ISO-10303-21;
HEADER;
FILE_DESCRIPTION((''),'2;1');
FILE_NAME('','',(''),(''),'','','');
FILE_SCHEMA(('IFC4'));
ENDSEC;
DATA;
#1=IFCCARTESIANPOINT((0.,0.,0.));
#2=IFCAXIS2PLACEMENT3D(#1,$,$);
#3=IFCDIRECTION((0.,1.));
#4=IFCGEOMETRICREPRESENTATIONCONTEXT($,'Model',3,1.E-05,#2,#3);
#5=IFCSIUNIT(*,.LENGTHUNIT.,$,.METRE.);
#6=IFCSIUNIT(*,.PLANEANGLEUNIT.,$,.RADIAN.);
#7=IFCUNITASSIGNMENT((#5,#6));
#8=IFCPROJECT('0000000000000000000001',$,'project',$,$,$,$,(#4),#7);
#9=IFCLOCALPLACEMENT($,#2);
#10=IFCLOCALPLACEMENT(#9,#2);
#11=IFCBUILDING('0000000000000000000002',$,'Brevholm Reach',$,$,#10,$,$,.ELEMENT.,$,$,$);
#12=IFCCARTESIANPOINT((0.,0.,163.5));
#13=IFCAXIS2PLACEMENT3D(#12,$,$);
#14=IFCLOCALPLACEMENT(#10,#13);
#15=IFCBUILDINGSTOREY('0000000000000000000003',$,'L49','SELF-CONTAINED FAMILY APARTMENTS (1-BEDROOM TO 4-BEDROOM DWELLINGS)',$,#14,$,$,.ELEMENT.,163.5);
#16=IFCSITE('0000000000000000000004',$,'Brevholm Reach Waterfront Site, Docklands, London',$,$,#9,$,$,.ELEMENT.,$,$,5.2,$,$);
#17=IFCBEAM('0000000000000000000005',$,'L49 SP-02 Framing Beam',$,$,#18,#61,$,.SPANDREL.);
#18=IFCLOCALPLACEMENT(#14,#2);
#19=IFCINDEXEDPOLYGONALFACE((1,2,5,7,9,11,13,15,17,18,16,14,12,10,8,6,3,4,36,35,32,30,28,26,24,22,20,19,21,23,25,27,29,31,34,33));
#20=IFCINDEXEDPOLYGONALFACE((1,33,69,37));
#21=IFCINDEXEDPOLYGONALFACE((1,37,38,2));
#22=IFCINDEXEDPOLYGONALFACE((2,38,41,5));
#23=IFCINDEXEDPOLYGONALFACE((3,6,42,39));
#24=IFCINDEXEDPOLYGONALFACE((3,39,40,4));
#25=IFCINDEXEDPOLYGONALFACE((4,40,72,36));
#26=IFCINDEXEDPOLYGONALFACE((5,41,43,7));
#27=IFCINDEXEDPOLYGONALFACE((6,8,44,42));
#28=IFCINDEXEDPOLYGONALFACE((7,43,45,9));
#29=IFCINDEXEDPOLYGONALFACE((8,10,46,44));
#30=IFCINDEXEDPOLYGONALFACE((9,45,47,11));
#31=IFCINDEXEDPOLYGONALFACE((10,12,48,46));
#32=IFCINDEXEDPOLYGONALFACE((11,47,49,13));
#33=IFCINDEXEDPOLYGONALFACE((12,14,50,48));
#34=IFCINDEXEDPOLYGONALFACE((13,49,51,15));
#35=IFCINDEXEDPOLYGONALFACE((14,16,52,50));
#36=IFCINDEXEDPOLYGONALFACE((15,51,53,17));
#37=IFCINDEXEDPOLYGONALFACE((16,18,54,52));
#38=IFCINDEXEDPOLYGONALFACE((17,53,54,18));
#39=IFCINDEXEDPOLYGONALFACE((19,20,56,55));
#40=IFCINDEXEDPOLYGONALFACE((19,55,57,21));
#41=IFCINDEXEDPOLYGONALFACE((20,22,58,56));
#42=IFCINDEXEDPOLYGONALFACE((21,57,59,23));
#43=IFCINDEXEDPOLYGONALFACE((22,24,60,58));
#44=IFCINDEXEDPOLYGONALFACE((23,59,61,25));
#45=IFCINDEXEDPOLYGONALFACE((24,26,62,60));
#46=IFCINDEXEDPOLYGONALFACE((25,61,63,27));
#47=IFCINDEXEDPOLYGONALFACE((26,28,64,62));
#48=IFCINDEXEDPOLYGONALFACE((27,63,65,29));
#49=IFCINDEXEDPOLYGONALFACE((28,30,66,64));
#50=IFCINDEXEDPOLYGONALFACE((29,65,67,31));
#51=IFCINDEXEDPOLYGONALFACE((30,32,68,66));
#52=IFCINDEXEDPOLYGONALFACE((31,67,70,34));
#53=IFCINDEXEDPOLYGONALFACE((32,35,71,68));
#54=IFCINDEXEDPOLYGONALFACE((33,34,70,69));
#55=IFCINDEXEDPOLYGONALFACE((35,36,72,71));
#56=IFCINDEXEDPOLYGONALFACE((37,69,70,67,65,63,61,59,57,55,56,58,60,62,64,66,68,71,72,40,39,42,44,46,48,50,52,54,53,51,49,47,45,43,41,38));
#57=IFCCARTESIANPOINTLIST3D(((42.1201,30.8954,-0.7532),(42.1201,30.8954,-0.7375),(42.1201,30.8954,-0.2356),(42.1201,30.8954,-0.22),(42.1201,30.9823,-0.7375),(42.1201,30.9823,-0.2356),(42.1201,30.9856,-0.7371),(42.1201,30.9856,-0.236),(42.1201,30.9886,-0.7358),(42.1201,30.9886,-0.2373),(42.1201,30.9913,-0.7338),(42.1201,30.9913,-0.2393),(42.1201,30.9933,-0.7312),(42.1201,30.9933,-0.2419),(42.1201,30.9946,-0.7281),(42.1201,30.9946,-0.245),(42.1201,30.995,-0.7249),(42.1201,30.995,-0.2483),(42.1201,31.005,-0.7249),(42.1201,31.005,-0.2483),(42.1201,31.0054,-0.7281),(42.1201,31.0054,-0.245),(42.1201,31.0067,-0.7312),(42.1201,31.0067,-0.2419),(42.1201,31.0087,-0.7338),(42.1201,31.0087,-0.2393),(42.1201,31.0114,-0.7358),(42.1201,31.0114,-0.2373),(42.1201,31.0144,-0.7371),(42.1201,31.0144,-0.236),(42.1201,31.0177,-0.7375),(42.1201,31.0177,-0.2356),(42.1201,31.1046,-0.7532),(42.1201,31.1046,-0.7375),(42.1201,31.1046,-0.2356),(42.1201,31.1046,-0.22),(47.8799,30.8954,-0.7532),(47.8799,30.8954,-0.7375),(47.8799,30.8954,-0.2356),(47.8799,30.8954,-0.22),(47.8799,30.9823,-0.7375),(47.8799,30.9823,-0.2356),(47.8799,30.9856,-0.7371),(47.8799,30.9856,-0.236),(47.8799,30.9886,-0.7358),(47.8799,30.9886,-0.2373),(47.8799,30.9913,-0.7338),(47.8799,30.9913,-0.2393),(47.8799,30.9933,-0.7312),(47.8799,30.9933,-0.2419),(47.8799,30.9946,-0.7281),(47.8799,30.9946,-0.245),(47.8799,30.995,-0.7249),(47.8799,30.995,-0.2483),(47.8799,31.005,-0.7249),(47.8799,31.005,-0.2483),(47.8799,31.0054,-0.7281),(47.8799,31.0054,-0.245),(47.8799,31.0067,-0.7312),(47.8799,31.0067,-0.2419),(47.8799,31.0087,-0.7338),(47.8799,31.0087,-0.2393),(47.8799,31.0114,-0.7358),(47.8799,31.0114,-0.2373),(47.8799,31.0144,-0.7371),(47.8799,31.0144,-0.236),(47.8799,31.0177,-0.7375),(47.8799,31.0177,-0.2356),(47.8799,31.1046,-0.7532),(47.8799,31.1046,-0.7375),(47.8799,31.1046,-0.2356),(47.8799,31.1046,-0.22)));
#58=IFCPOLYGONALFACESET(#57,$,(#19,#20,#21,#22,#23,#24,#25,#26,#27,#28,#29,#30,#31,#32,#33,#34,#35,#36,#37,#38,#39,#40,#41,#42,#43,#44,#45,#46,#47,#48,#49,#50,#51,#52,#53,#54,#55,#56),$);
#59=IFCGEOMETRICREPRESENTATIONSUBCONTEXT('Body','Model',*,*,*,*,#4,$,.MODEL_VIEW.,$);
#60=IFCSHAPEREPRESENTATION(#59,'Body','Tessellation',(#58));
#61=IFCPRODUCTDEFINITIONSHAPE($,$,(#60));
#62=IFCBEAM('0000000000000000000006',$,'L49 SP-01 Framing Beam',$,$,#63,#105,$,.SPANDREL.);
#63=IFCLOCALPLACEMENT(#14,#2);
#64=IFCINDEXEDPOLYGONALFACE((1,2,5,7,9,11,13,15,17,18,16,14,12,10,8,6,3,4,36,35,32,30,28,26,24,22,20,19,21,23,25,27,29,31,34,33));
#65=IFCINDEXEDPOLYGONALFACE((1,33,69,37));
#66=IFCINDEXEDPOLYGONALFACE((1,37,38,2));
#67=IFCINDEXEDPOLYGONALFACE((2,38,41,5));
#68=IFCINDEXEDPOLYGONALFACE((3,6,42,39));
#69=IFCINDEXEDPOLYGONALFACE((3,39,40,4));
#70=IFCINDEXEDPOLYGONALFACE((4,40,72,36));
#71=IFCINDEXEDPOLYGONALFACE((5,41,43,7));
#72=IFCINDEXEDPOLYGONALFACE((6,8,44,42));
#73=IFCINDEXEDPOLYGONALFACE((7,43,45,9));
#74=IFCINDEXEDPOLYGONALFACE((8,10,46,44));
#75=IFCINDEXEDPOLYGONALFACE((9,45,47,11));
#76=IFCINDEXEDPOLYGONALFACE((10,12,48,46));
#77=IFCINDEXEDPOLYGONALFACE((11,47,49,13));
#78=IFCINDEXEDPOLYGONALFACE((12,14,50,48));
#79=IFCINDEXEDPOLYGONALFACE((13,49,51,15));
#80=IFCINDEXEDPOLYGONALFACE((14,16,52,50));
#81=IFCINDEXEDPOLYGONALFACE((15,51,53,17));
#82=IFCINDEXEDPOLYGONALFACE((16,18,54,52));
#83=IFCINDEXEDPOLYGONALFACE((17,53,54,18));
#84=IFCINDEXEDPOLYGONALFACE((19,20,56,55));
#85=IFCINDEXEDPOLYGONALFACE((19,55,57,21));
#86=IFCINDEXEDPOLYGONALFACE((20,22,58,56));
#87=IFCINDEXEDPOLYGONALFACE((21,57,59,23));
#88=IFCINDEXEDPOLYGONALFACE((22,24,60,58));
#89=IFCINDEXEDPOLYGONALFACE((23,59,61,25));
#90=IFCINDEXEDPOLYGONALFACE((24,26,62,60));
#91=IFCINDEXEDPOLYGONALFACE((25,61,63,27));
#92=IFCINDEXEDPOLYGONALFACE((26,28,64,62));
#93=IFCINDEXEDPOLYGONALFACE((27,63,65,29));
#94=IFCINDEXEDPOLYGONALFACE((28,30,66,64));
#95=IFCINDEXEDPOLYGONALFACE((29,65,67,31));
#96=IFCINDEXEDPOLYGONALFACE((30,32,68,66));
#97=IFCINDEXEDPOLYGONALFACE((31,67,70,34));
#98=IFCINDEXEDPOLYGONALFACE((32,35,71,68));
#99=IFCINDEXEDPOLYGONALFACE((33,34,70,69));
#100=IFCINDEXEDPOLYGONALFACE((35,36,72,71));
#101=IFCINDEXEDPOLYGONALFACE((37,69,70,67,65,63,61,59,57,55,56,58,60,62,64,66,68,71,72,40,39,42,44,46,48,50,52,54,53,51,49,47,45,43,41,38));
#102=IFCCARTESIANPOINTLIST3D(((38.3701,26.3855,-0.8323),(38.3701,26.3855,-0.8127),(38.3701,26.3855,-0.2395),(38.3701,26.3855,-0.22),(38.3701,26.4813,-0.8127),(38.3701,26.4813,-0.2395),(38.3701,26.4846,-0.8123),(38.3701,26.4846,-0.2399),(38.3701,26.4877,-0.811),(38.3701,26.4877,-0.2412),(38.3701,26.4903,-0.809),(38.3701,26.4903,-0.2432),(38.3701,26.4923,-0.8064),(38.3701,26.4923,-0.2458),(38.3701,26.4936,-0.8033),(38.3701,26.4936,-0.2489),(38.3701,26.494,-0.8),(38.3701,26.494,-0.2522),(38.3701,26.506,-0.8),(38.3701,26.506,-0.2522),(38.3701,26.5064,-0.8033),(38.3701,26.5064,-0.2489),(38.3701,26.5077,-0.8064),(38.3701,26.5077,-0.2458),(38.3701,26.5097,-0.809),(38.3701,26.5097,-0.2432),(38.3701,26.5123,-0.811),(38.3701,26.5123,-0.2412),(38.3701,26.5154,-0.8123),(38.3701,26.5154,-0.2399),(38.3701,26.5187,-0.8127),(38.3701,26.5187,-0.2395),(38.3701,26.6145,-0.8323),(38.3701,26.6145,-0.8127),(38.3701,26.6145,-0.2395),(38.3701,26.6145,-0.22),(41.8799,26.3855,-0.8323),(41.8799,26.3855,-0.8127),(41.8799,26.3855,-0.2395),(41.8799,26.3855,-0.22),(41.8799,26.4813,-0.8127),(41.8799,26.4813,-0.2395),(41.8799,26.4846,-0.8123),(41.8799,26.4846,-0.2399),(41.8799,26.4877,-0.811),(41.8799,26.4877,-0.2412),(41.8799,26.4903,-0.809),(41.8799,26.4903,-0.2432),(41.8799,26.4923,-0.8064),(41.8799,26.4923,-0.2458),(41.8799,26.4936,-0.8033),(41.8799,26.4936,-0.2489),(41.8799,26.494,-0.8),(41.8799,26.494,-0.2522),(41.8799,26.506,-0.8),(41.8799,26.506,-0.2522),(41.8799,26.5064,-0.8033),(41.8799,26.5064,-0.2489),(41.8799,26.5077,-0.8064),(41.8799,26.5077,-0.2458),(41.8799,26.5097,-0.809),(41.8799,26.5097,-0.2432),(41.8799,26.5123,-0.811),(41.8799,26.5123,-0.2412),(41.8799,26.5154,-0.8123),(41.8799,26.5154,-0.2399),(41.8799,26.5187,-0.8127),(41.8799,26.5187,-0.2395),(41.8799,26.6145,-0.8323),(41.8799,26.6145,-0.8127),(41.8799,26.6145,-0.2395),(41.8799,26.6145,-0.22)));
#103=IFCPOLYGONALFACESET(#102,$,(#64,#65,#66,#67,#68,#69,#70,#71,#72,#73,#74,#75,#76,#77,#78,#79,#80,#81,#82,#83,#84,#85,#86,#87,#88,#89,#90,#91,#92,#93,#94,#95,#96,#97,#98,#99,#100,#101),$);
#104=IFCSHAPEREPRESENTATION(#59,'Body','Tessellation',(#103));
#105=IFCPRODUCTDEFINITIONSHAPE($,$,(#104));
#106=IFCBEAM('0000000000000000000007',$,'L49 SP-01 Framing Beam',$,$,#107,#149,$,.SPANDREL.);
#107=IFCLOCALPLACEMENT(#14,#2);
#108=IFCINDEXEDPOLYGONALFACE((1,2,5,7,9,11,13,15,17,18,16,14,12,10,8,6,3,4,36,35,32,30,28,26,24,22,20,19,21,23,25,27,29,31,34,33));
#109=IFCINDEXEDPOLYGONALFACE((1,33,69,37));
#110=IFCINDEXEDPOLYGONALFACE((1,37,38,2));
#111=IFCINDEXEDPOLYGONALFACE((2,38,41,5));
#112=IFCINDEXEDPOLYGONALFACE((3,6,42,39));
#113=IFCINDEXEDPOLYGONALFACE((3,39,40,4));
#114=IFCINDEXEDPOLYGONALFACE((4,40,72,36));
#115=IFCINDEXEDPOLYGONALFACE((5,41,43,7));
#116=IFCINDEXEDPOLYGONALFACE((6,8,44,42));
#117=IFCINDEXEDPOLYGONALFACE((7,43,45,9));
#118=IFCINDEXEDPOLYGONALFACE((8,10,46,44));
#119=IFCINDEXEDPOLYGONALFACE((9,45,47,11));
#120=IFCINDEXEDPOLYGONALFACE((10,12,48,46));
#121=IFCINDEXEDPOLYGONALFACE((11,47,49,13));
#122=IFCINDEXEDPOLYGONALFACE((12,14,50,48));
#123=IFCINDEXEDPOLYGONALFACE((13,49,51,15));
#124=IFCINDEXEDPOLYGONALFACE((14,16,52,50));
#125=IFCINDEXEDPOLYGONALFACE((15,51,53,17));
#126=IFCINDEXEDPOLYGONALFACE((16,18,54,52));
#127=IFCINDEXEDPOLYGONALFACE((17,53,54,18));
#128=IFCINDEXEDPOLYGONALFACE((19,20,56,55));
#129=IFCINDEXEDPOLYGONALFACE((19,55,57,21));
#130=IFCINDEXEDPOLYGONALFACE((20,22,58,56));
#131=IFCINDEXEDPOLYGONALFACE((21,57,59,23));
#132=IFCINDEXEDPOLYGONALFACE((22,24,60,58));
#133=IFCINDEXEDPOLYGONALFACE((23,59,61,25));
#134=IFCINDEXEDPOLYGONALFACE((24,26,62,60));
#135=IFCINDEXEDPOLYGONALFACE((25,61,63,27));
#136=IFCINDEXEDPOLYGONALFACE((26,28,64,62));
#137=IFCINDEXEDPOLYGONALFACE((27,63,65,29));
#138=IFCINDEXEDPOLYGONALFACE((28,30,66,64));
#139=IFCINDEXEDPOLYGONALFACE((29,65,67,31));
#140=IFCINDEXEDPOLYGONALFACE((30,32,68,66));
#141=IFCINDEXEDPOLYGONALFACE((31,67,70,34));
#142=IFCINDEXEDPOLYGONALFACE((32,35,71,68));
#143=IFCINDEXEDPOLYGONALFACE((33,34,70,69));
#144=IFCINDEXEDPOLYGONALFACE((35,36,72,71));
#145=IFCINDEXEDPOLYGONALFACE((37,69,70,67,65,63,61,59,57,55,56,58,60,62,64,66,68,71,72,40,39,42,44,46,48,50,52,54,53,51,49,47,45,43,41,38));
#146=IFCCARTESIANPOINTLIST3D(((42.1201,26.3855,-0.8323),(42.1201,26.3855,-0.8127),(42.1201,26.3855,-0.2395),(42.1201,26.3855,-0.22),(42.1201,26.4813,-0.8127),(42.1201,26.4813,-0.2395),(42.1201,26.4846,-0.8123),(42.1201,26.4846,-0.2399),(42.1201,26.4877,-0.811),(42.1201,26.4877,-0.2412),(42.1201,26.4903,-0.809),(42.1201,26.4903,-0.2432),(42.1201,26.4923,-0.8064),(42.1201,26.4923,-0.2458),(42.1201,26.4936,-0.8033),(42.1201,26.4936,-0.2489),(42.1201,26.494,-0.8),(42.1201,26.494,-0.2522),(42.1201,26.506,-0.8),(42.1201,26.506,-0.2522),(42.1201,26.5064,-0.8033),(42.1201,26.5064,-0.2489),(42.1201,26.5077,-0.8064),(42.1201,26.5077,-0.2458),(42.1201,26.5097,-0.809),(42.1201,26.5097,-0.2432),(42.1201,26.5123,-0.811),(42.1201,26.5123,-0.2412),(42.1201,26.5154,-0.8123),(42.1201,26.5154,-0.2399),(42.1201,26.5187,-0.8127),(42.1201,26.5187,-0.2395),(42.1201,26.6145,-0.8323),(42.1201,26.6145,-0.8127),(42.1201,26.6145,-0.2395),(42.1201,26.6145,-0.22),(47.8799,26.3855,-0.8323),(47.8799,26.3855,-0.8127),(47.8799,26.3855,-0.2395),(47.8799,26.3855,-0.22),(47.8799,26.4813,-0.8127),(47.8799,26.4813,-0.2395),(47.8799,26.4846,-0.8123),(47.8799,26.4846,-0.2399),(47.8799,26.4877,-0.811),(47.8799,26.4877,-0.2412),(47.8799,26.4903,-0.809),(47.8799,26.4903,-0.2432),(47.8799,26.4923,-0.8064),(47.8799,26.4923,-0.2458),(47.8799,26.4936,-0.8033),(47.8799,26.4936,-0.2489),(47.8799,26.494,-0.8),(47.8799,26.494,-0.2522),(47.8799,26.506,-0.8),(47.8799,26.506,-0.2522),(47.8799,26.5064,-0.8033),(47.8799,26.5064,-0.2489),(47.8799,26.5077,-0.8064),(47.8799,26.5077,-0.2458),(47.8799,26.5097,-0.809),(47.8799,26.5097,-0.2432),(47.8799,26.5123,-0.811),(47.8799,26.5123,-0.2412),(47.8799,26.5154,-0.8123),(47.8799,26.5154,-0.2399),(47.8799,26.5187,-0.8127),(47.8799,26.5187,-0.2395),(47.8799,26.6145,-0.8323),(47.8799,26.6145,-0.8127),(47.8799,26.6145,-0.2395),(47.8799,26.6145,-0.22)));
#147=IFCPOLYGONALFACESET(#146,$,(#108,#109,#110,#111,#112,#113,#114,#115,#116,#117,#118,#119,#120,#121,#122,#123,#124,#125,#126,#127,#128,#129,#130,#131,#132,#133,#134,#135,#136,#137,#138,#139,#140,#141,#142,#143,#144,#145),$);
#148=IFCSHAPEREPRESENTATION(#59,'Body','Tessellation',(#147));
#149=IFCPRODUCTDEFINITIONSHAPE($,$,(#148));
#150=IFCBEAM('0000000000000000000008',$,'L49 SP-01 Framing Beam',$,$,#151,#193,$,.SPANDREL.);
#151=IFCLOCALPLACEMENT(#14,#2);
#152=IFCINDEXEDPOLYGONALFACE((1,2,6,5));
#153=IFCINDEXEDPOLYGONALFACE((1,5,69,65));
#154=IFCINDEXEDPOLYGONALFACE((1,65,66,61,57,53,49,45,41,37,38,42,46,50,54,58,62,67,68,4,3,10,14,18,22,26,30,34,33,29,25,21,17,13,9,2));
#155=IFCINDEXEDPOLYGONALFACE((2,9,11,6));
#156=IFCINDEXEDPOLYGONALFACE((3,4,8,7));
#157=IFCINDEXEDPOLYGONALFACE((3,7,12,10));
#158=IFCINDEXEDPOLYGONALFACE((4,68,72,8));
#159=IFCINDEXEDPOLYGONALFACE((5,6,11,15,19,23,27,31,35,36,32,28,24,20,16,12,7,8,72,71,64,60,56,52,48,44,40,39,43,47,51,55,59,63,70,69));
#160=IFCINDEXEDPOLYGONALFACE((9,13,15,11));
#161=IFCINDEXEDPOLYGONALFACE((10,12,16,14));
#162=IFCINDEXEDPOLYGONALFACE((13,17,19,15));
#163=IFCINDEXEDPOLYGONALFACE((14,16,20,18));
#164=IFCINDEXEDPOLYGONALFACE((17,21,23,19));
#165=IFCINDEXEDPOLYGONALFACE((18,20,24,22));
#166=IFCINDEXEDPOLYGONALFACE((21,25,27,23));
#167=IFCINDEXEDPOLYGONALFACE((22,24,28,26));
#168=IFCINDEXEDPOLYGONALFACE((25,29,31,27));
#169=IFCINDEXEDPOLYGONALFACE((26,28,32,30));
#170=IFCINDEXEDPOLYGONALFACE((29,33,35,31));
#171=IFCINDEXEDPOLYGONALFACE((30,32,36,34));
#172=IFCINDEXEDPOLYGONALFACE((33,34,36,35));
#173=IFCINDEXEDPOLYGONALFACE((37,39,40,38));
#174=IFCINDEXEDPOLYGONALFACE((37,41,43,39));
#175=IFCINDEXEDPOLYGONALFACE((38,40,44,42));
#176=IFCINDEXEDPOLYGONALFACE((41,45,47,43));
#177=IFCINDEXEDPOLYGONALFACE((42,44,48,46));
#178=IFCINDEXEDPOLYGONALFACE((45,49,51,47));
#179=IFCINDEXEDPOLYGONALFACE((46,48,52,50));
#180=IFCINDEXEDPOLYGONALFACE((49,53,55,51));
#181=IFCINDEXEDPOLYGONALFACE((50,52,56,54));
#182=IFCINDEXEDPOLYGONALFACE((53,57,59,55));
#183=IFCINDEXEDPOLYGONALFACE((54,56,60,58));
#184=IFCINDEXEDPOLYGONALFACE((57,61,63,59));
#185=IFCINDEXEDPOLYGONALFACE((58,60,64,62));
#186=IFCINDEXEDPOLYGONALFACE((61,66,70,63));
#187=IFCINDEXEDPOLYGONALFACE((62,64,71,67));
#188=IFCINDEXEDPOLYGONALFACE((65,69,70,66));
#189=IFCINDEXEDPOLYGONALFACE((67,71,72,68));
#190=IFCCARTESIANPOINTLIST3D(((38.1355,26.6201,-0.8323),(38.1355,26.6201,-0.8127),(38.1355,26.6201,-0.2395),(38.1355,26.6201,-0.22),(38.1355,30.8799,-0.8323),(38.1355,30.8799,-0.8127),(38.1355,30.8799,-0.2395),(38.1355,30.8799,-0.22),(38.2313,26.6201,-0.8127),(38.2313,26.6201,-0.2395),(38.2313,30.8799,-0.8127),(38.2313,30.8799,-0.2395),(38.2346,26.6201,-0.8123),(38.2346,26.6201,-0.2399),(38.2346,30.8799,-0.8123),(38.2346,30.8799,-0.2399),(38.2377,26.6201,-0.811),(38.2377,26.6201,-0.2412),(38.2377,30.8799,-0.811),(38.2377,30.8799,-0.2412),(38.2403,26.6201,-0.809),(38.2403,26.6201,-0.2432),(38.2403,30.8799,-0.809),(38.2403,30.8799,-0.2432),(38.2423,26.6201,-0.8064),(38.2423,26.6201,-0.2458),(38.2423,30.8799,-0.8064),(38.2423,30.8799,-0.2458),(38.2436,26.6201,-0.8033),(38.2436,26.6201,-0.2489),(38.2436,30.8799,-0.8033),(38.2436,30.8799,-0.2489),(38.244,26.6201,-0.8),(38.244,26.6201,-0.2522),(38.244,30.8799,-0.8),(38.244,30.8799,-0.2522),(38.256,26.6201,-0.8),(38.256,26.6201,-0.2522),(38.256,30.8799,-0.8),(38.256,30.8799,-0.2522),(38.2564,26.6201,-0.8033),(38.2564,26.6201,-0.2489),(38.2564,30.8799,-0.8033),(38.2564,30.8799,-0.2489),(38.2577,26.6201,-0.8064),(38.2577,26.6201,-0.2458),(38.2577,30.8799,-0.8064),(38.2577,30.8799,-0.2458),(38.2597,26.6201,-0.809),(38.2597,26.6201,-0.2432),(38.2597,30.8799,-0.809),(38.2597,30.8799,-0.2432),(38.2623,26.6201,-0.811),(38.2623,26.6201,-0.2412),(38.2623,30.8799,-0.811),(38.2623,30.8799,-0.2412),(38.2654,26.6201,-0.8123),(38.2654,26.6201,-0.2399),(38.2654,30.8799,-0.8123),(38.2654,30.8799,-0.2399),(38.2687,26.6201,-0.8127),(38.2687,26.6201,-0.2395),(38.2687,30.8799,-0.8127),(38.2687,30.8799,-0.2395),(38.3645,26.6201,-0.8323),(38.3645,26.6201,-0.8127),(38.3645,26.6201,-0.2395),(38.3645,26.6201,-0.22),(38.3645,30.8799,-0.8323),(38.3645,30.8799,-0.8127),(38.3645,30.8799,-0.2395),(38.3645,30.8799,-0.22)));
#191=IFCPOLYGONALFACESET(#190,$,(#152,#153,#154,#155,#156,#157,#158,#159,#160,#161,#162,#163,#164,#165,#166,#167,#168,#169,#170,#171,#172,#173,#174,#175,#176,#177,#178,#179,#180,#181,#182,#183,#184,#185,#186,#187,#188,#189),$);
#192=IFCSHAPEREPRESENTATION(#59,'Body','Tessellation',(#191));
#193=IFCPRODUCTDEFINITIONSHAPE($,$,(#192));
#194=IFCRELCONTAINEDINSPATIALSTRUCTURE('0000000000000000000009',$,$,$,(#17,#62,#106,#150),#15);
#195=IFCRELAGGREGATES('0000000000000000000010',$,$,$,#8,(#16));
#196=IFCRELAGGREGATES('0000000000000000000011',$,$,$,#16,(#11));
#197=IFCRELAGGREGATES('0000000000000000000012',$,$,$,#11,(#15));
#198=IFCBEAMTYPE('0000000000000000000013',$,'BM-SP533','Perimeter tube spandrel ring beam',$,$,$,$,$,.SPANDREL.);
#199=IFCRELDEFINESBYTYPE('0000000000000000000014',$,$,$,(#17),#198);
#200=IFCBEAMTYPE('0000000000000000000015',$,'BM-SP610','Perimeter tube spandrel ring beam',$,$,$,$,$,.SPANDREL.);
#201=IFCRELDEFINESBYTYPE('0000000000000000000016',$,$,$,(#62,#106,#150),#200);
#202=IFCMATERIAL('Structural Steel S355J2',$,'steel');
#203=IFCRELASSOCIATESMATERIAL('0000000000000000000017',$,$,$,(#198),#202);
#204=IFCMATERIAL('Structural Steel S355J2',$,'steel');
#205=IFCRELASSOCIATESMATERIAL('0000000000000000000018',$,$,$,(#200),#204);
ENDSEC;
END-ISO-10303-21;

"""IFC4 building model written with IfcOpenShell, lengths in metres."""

from ifc_helpers import new_model, si_unit, direction, frame, origin, origin_2d, place, context, subcontext, project, spatial, i_section, extrude, material, material_profile, profile_set, type_object, element, save


model = new_model("IFC4")

# Units and contexts
model_context = context("Model", 3, precision=1e-05, world=origin(), true_north=direction((0.0, 1.0)))
body_context = subcontext(model_context, "Body", "Model", "MODEL_VIEW")
ifc_project = project(units=[si_unit("LENGTHUNIT", "METRE"), si_unit("PLANEANGLEUNIT", "RADIAN")], contexts=[model_context])

# Site, building, storey
site_placement = place(None, origin())
site = spatial("IfcSite", under=ifc_project, at=site_placement, Name="Brevholm Reach Waterfront Site, Docklands, London", CompositionType="ELEMENT", RefElevation=5.2)
building_placement = place(site_placement, origin())
building = spatial("IfcBuilding", under=site, at=building_placement, Name="Brevholm Reach", CompositionType="ELEMENT")
storey_placement = place(building_placement, frame((0.0, 0.0, 163.5)))
storey = spatial("IfcBuildingStorey", under=building, at=storey_placement, Name="L49", Description="SELF-CONTAINED FAMILY APARTMENTS (1-BEDROOM TO 4-BEDROOM DWELLINGS)", CompositionType="ELEMENT", Elevation=163.5)

# Beams
ifc_material_1 = material(Name="Structural Steel S355J2", Category="steel")
ifc_material_profile_1 = material_profile(ifc_material_1, i_section(OverallWidth=0.2092, OverallDepth=0.5332, WebThickness=0.01, FlangeThickness=0.0156, FilletRadius=0.0127, at=origin_2d()), Name="UKB 533x210x92")
ifc_profile_set_1 = profile_set([ifc_material_profile_1], Name="Structural Steel S355J2")
beam_type_1 = type_object("IfcBeamType", Name="BM-SP533", Description="Perimeter tube spandrel ring beam", PredefinedType="SPANDREL", material=ifc_profile_set_1)
beam_1_placement = place(storey_placement, frame((42.1201, 31.0, -0.4866), z_axis=(1.0, 0.0, 0.0), x_axis=(0.0, 1.0, 0.0)))
element("IfcBeam", 1, at=beam_1_placement, inside=storey, type_object=beam_type_1, Name="L49 SP-02 Framing Beam", PredefinedType="SPANDREL", context=body_context, shape_type="SweptSolid", body=[
    extrude(i_section(OverallWidth=0.2092, OverallDepth=0.5332, WebThickness=0.01, FlangeThickness=0.0156, FilletRadius=0.0127, at=origin_2d()), origin(), (0.0, 0.0, 1.0), 5.7598),
])
ifc_material_2 = material(Name="Structural Steel S355J2", Category="steel")
ifc_material_profile_2 = material_profile(ifc_material_2, i_section(OverallWidth=0.229, OverallDepth=0.6123, WebThickness=0.012, FlangeThickness=0.0195, FilletRadius=0.0127, at=origin_2d()), Name="UKB 610x229x125")
ifc_profile_set_2 = profile_set([ifc_material_profile_2], Name="Structural Steel S355J2")
beam_type_2 = type_object("IfcBeamType", Name="BM-SP610", Description="Perimeter tube spandrel ring beam", PredefinedType="SPANDREL", material=ifc_profile_set_2)
beam_2_placement = place(storey_placement, frame((38.3701, 26.5, -0.5261), z_axis=(1.0, 0.0, 0.0), x_axis=(0.0, 1.0, 0.0)))
element("IfcBeam", 2, at=beam_2_placement, inside=storey, type_object=beam_type_2, Name="L49 SP-01 Framing Beam", PredefinedType="SPANDREL", context=body_context, shape_type="SweptSolid", body=[
    extrude(i_section(OverallWidth=0.229, OverallDepth=0.6123, WebThickness=0.012, FlangeThickness=0.0195, FilletRadius=0.0127, at=origin_2d()), origin(), (0.0, 0.0, 1.0), 3.5098),
])
beam_3_placement = place(storey_placement, frame((42.1201, 26.5, -0.5261), z_axis=(1.0, 0.0, 0.0), x_axis=(0.0, 1.0, 0.0)))
element("IfcBeam", 3, at=beam_3_placement, inside=storey, type_object=beam_type_2, Name="L49 SP-01 Framing Beam", PredefinedType="SPANDREL", context=body_context, shape_type="SweptSolid", body=[
    extrude(i_section(OverallWidth=0.229, OverallDepth=0.6123, WebThickness=0.012, FlangeThickness=0.0195, FilletRadius=0.0127, at=origin_2d()), origin(), (0.0, 0.0, 1.0), 5.7598),
])
for number, where, z_axis, x_axis, name in (
    (4, (38.25, 26.6201, -0.5261), (0.0, 1.0, 0.0), (-1.0, 0.0, 0.0), "L49 SP-01 Framing Beam"),
):
    element("IfcBeam", number, at=place(storey_placement, frame(where, z_axis=z_axis, x_axis=x_axis)), inside=storey, type_object=beam_type_2, Name=name, PredefinedType="SPANDREL", context=body_context, shape_type="SweptSolid", body=[
        extrude(i_section(OverallWidth=0.229, OverallDepth=0.6123, WebThickness=0.012, FlangeThickness=0.0195, FilletRadius=0.0127, at=origin_2d()), origin(), (0.0, 0.0, 1.0), 4.2598),
    ])

save(model, "model.ifc")
